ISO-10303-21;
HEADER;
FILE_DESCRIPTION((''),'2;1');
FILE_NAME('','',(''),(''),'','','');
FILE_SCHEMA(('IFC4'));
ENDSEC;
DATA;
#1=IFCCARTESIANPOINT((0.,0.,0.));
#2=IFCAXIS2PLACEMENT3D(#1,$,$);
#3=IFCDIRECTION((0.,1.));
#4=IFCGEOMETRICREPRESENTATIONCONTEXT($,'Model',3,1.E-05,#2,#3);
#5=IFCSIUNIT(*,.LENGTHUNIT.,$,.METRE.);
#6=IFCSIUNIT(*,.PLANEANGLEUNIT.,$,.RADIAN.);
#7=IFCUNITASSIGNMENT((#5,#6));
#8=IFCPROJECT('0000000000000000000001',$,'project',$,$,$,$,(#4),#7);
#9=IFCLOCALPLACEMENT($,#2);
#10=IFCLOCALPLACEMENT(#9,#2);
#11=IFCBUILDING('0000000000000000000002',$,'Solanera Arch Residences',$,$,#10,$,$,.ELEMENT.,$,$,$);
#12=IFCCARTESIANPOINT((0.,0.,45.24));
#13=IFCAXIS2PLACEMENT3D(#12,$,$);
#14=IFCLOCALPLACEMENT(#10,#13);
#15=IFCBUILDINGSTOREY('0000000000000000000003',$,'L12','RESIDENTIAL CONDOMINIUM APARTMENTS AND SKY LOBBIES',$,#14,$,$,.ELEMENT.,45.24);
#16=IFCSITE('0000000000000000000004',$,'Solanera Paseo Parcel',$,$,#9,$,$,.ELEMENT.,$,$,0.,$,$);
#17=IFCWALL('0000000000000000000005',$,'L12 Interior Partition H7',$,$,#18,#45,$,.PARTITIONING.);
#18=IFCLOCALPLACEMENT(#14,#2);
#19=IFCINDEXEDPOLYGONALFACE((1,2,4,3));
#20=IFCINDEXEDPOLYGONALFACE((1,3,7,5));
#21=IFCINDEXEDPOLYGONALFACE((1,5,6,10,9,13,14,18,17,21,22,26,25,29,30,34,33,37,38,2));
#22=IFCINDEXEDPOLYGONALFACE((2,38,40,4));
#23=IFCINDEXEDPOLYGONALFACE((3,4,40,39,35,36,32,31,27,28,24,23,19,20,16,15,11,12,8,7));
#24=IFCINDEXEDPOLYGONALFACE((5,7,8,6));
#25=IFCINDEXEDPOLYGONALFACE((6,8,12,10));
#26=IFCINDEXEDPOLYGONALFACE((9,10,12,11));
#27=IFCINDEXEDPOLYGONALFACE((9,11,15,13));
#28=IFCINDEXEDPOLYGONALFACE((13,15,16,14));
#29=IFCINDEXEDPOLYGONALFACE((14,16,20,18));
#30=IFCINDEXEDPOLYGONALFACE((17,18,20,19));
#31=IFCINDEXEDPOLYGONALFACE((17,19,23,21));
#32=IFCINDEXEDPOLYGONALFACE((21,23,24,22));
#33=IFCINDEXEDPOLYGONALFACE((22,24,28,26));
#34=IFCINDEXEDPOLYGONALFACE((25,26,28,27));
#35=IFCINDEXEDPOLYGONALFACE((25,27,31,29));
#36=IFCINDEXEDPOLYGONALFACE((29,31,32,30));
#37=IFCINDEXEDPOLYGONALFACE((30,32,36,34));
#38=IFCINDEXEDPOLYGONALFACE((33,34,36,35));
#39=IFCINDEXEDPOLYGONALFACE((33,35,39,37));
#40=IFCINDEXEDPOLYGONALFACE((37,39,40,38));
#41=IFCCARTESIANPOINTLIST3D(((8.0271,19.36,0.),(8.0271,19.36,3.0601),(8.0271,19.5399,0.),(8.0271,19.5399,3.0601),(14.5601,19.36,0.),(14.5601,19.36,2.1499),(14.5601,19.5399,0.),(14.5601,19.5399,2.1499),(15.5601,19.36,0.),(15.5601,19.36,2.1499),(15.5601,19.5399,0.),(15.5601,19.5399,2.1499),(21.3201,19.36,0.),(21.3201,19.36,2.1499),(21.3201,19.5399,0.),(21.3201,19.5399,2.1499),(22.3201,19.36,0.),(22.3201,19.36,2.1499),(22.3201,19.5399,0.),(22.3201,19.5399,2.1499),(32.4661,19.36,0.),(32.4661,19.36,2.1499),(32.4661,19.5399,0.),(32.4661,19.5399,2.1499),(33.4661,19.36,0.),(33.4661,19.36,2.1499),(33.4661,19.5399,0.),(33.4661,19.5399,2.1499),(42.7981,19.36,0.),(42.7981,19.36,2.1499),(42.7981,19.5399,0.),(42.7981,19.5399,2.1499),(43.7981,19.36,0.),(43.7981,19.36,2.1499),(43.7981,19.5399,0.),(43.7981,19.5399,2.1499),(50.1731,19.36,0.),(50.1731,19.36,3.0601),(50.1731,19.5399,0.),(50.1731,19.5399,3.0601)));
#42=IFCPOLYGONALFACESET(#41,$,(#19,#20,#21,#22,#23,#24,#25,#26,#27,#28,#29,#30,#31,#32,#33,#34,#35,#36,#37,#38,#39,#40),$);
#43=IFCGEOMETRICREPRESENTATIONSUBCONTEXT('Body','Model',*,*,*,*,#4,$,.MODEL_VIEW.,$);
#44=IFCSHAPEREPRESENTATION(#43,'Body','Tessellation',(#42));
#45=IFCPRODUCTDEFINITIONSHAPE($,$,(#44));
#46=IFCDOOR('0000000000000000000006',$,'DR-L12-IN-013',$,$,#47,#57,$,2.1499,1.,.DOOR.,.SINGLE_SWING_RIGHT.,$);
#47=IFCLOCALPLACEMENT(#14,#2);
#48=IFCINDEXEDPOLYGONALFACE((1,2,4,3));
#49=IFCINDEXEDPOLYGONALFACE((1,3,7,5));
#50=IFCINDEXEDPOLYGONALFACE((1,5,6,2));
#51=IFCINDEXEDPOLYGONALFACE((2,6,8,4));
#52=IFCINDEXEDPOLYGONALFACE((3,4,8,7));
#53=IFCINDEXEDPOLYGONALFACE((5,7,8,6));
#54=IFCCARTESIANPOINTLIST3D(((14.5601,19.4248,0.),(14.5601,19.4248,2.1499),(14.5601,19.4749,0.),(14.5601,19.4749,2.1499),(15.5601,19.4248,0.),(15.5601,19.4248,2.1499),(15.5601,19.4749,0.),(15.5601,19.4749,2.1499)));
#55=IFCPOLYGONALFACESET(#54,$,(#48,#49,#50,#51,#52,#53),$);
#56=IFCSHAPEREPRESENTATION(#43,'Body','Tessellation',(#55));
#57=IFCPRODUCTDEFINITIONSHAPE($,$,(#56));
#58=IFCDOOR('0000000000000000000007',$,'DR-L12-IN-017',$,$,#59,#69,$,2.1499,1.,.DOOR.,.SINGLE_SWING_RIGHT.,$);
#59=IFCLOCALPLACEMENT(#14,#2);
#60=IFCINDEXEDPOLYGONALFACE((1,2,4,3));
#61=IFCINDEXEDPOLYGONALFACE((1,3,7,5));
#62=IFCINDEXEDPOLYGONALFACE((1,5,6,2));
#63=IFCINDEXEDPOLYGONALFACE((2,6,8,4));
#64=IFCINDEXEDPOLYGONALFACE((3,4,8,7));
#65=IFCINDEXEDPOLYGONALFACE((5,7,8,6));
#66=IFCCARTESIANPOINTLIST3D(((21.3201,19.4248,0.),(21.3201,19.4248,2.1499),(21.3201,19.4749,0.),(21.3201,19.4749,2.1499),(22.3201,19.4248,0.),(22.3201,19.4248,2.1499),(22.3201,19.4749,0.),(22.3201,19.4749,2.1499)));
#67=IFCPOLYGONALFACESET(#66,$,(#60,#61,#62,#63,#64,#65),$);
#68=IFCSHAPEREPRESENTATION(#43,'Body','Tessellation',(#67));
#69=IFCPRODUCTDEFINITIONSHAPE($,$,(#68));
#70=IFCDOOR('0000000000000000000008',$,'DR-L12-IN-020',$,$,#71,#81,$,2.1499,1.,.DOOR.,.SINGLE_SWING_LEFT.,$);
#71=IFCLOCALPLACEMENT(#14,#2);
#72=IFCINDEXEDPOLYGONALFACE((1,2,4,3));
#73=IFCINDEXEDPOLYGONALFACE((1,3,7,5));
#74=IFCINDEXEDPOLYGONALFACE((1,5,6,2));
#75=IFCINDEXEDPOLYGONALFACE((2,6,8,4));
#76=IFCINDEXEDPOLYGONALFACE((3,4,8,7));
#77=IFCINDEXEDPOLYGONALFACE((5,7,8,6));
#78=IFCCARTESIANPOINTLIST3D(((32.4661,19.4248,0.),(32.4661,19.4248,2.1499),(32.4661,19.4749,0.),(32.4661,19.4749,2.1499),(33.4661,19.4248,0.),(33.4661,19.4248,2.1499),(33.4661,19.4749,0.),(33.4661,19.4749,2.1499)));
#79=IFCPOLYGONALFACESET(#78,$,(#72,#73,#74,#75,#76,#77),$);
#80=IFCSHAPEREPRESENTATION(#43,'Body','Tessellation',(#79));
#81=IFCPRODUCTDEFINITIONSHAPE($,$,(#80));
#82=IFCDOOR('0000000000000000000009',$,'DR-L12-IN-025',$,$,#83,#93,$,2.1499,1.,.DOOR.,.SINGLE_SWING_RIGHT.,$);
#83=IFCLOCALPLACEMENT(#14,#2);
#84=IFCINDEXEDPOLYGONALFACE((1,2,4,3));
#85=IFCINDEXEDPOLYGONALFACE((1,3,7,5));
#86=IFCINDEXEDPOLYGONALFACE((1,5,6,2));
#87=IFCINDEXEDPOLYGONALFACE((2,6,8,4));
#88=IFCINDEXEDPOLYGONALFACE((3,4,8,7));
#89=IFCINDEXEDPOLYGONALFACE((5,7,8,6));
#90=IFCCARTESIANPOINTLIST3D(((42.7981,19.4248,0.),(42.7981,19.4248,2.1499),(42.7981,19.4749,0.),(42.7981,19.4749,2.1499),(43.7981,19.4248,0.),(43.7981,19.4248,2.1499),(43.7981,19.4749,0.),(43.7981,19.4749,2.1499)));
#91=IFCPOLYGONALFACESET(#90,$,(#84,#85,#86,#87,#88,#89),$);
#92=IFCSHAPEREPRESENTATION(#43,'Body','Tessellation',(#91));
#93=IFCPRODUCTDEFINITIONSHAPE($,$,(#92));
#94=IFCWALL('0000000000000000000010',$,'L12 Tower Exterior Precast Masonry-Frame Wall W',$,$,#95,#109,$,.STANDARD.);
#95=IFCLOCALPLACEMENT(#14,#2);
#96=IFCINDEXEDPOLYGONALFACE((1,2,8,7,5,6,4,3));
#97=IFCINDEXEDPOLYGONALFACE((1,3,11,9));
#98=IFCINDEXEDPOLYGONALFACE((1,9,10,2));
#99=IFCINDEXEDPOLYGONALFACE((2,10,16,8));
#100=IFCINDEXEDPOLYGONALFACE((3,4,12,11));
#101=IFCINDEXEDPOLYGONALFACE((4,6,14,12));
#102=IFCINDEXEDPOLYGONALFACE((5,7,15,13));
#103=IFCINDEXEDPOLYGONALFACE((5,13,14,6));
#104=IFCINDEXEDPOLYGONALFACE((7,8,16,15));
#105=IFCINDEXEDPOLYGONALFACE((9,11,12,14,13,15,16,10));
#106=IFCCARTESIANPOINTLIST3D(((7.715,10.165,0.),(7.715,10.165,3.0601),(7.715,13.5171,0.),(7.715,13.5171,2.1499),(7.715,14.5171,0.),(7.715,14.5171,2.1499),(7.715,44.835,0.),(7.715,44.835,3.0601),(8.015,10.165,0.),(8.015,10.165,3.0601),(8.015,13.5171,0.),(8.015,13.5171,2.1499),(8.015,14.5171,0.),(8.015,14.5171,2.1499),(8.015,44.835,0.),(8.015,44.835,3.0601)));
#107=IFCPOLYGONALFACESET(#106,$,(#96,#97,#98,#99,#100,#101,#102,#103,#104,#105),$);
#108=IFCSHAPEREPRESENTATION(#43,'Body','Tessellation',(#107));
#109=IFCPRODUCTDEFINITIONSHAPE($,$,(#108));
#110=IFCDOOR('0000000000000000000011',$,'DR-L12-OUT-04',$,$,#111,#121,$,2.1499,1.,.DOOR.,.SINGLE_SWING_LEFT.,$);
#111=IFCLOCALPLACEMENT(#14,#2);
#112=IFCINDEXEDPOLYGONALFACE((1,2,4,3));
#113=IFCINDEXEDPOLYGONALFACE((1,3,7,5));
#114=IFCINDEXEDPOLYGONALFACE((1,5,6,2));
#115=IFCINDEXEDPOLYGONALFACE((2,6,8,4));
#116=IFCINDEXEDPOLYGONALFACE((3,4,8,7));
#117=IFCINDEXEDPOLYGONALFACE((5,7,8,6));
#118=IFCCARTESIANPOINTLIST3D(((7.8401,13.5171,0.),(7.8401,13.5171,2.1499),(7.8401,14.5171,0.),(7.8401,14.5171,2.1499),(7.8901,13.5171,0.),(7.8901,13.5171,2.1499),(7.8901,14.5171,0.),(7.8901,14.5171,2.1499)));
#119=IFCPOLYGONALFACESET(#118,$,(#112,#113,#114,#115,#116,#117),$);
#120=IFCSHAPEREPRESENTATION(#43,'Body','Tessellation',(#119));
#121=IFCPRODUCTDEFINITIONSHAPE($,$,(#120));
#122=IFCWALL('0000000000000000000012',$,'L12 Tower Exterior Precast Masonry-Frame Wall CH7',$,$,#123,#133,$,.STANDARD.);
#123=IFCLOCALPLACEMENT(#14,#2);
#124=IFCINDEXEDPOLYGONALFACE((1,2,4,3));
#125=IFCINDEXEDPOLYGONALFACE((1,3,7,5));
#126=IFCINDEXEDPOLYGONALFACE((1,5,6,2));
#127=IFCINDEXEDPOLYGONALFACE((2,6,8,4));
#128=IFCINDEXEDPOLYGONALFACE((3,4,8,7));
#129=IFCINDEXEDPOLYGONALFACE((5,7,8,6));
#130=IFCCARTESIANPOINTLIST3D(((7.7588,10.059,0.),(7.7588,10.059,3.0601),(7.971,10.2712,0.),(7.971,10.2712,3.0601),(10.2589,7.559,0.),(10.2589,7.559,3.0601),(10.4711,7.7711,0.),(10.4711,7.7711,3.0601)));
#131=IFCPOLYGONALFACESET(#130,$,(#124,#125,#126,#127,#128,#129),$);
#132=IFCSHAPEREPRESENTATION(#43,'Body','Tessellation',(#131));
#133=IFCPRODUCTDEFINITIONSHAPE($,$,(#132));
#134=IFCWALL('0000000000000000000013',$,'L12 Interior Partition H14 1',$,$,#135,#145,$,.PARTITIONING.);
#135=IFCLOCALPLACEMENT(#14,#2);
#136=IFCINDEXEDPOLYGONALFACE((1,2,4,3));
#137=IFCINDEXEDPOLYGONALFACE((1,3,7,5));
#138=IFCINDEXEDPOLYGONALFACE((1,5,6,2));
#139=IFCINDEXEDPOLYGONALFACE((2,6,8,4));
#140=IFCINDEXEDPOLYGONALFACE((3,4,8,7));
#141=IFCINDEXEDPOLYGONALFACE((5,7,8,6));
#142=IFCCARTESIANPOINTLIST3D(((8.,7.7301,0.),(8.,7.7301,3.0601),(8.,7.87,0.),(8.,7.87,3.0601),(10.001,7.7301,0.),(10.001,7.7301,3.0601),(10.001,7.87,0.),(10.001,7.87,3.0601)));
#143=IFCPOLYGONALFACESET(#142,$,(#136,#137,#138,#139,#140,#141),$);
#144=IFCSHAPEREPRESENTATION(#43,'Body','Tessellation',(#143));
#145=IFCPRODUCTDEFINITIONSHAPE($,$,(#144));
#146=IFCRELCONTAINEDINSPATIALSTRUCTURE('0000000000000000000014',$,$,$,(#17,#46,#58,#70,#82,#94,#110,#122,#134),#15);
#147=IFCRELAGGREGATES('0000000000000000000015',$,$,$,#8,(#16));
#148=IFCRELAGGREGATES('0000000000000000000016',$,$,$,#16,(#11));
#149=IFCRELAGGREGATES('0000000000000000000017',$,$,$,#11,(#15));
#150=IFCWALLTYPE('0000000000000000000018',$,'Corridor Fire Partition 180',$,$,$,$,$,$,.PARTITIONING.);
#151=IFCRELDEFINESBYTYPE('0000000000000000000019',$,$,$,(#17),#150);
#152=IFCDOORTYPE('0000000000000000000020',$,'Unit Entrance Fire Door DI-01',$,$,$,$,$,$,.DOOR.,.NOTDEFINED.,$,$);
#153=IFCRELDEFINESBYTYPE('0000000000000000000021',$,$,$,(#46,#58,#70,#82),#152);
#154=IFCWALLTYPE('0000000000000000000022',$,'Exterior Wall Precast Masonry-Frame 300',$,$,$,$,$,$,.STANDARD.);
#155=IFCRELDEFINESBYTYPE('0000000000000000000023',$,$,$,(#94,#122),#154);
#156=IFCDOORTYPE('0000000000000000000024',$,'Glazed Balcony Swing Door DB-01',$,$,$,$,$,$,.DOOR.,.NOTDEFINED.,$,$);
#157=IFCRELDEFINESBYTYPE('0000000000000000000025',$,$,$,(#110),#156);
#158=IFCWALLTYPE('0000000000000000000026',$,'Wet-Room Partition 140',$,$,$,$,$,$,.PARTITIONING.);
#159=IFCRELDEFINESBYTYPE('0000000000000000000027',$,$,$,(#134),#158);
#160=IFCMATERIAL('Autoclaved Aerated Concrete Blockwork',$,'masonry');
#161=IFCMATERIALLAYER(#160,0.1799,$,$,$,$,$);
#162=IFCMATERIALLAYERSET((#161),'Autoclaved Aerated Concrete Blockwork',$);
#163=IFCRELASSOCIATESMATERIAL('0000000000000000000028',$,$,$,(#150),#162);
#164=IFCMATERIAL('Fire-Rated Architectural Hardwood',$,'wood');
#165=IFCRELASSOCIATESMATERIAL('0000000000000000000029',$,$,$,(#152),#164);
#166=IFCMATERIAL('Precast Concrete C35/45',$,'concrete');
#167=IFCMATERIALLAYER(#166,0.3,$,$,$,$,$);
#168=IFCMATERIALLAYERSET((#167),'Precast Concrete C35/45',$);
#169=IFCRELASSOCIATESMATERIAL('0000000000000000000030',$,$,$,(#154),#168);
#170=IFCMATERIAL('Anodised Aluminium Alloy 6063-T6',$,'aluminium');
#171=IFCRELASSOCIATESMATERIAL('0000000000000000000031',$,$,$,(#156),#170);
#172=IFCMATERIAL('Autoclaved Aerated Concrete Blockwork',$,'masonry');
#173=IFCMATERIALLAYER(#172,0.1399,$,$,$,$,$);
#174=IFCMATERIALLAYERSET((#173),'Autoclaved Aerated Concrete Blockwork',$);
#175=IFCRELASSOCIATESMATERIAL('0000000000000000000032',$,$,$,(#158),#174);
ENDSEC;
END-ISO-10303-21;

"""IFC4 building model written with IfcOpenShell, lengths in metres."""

from ifc_helpers import new_model, si_unit, direction, frame, frame_2d, origin, place, context, subcontext, project, spatial, rectangle, extrude, material, layer, layer_set, type_object, element, fill, save


model = new_model("IFC4")

# Units and contexts
model_context = context("Model", 3, precision=1e-05, world=origin(), true_north=direction((0.0, 1.0)))
body_context = subcontext(model_context, "Body", "Model", "MODEL_VIEW")
ifc_project = project(units=[si_unit("LENGTHUNIT", "METRE"), si_unit("PLANEANGLEUNIT", "RADIAN")], contexts=[model_context])

# Site, building, storey
site_placement = place(None, origin())
site = spatial("IfcSite", under=ifc_project, at=site_placement, Name="Solanera Paseo Parcel", CompositionType="ELEMENT", RefElevation=0.0)
building_placement = place(site_placement, origin())
building = spatial("IfcBuilding", under=site, at=building_placement, Name="Solanera Arch Residences", CompositionType="ELEMENT")
storey_placement = place(building_placement, frame((0.0, 0.0, 45.24)))
storey = spatial("IfcBuildingStorey", under=building, at=storey_placement, Name="L12", Description="RESIDENTIAL CONDOMINIUM APARTMENTS AND SKY LOBBIES", CompositionType="ELEMENT", Elevation=45.24)

# Wall, openings, doors
ifc_material_1 = material(Name="Autoclaved Aerated Concrete Blockwork", Category="masonry")
ifc_layer_1 = layer(ifc_material_1, 0.1799)
ifc_layer_set_1 = layer_set([ifc_layer_1], Name="Autoclaved Aerated Concrete Blockwork")
wall_type_1 = type_object("IfcWallType", Name="Corridor Fire Partition 180", PredefinedType="PARTITIONING", material=ifc_layer_set_1)
wall_1_placement = place(storey_placement, frame((8.0271, 19.45, 0.0), z_axis=(0.0, 0.0, 1.0), x_axis=(1.0, 0.0, 0.0)))
wall_1 = element("IfcWall", 1, at=wall_1_placement, inside=storey, type_object=wall_type_1, Name="L12 Interior Partition H7", PredefinedType="PARTITIONING", context=body_context, shape_type="SweptSolid", body=[
    extrude(rectangle(XDim=42.146, YDim=0.1799, at=frame_2d((21.073, 0.0))), origin(), (0.0, 0.0, 1.0), 3.0601),
])
opening_1_placement = place(wall_1_placement, frame((6.533, 0.0, 0.0)))
opening_1 = element("IfcOpeningElement", 2, at=opening_1_placement, cuts=wall_1, PredefinedType="OPENING", context=body_context, shape_type="SweptSolid", body=[
    extrude(rectangle(XDim=1.0, YDim=2.1499, at=frame_2d((0.5, 1.075))), frame((0.0, 0.1001, 0.0), z_axis=(0.0, -1.0, 0.0), x_axis=(1.0, 0.0, 0.0)), (0.0, 0.0, 1.0), 0.1999),
])
opening_2_placement = place(wall_1_placement, frame((13.293, 0.0, 0.0)))
opening_2 = element("IfcOpeningElement", 3, at=opening_2_placement, cuts=wall_1, PredefinedType="OPENING", context=body_context, shape_type="SweptSolid", body=[
    extrude(rectangle(XDim=1.0, YDim=2.1499, at=frame_2d((0.5, 1.075))), frame((0.0, 0.1001, 0.0), z_axis=(0.0, -1.0, 0.0), x_axis=(1.0, 0.0, 0.0)), (0.0, 0.0, 1.0), 0.1999),
])
opening_3_placement = place(wall_1_placement, frame((24.439, 0.0, 0.0)))
opening_3 = element("IfcOpeningElement", 4, at=opening_3_placement, cuts=wall_1, PredefinedType="OPENING", context=body_context, shape_type="SweptSolid", body=[
    extrude(rectangle(XDim=1.0, YDim=2.1499, at=frame_2d((0.5, 1.075))), frame((0.0, 0.1001, 0.0), z_axis=(0.0, -1.0, 0.0), x_axis=(1.0, 0.0, 0.0)), (0.0, 0.0, 1.0), 0.1999),
])
opening_4_placement = place(wall_1_placement, frame((34.771, 0.0, 0.0)))
opening_4 = element("IfcOpeningElement", 5, at=opening_4_placement, cuts=wall_1, PredefinedType="OPENING", context=body_context, shape_type="SweptSolid", body=[
    extrude(rectangle(XDim=1.0, YDim=2.1499, at=frame_2d((0.5, 1.075))), frame((0.0, 0.1001, 0.0), z_axis=(0.0, -1.0, 0.0), x_axis=(1.0, 0.0, 0.0)), (0.0, 0.0, 1.0), 0.1999),
])
ifc_material_2 = material(Name="Fire-Rated Architectural Hardwood", Category="wood")
door_type_1 = type_object("IfcDoorType", Name="Unit Entrance Fire Door DI-01", OperationType="NOTDEFINED", PredefinedType="DOOR", material=ifc_material_2)
door_1_placement = place(opening_1_placement, origin())
door_1 = element("IfcDoor", 6, at=door_1_placement, inside=storey, type_object=door_type_1, Name="DR-L12-IN-013", OperationType="SINGLE_SWING_RIGHT", OverallHeight=2.1499, OverallWidth=1.0, PredefinedType="DOOR", context=body_context, shape_type="SweptSolid", body=[
    extrude(rectangle(XDim=1.0, YDim=2.1499, at=frame_2d((0.5, 1.075))), frame((0.0, 0.0249, 0.0), z_axis=(0.0, -1.0, 0.0), x_axis=(1.0, 0.0, 0.0)), (0.0, 0.0, 1.0), 0.05),
])
fill(opening_1, door_1)
door_2_placement = place(opening_2_placement, origin())
door_2 = element("IfcDoor", 7, at=door_2_placement, inside=storey, type_object=door_type_1, Name="DR-L12-IN-017", OperationType="SINGLE_SWING_RIGHT", OverallHeight=2.1499, OverallWidth=1.0, PredefinedType="DOOR", context=body_context, shape_type="SweptSolid", body=[
    extrude(rectangle(XDim=1.0, YDim=2.1499, at=frame_2d((0.5, 1.075))), frame((0.0, 0.0249, 0.0), z_axis=(0.0, -1.0, 0.0), x_axis=(1.0, 0.0, 0.0)), (0.0, 0.0, 1.0), 0.05),
])
fill(opening_2, door_2)
door_3_placement = place(opening_3_placement, origin())
door_3 = element("IfcDoor", 8, at=door_3_placement, inside=storey, type_object=door_type_1, Name="DR-L12-IN-020", OperationType="SINGLE_SWING_LEFT", OverallHeight=2.1499, OverallWidth=1.0, PredefinedType="DOOR", context=body_context, shape_type="SweptSolid", body=[
    extrude(rectangle(XDim=1.0, YDim=2.1499, at=frame_2d((0.5, 1.075))), frame((0.0, 0.0249, 0.0), z_axis=(0.0, -1.0, 0.0), x_axis=(1.0, 0.0, 0.0)), (0.0, 0.0, 1.0), 0.05),
])
fill(opening_3, door_3)
door_4_placement = place(opening_4_placement, origin())
door_4 = element("IfcDoor", 9, at=door_4_placement, inside=storey, type_object=door_type_1, Name="DR-L12-IN-025", OperationType="SINGLE_SWING_RIGHT", OverallHeight=2.1499, OverallWidth=1.0, PredefinedType="DOOR", context=body_context, shape_type="SweptSolid", body=[
    extrude(rectangle(XDim=1.0, YDim=2.1499, at=frame_2d((0.5, 1.075))), frame((0.0, 0.0249, 0.0), z_axis=(0.0, -1.0, 0.0), x_axis=(1.0, 0.0, 0.0)), (0.0, 0.0, 1.0), 0.05),
])
fill(opening_4, door_4)

# Wall, opening, door
ifc_material_3 = material(Name="Precast Concrete C35/45", Category="concrete")
ifc_layer_2 = layer(ifc_material_3, 0.3)
ifc_layer_set_2 = layer_set([ifc_layer_2], Name="Precast Concrete C35/45")
wall_type_2 = type_object("IfcWallType", Name="Exterior Wall Precast Masonry-Frame 300", PredefinedType="STANDARD", material=ifc_layer_set_2)
wall_2_placement = place(storey_placement, frame((7.865, 10.165, 0.0), z_axis=(0.0, 0.0, 1.0), x_axis=(0.0, 1.0, 0.0)))
wall_2 = element("IfcWall", 10, at=wall_2_placement, inside=storey, type_object=wall_type_2, Name="L12 Tower Exterior Precast Masonry-Frame Wall W", PredefinedType="STANDARD", context=body_context, shape_type="SweptSolid", body=[
    extrude(rectangle(XDim=34.6699, YDim=0.3, at=frame_2d((17.335, 0.0))), origin(), (0.0, 0.0, 1.0), 3.0601),
])
opening_5_placement = place(wall_2_placement, frame((3.3521, 0.0, 0.0)))
opening_5 = element("IfcOpeningElement", 11, at=opening_5_placement, cuts=wall_2, PredefinedType="OPENING", context=body_context, shape_type="SweptSolid", body=[
    extrude(rectangle(XDim=1.0, YDim=2.1499, at=frame_2d((0.5, 1.075))), frame((0.0, 0.1599, 0.0), z_axis=(0.0, -1.0, 0.0), x_axis=(1.0, 0.0, 0.0)), (0.0, 0.0, 1.0), 0.32),
])
ifc_material_4 = material(Name="Anodised Aluminium Alloy 6063-T6", Category="aluminium")
door_type_2 = type_object("IfcDoorType", Name="Glazed Balcony Swing Door DB-01", OperationType="NOTDEFINED", PredefinedType="DOOR", material=ifc_material_4)
door_5_placement = place(opening_5_placement, origin())
door_5 = element("IfcDoor", 12, at=door_5_placement, inside=storey, type_object=door_type_2, Name="DR-L12-OUT-04", OperationType="SINGLE_SWING_LEFT", OverallHeight=2.1499, OverallWidth=1.0, PredefinedType="DOOR", context=body_context, shape_type="SweptSolid", body=[
    extrude(rectangle(XDim=1.0, YDim=2.1499, at=frame_2d((0.5, 1.075))), frame((0.0, 0.0249, 0.0), z_axis=(0.0, -1.0, 0.0), x_axis=(1.0, 0.0, 0.0)), (0.0, 0.0, 1.0), 0.05),
])
fill(opening_5, door_5)

# Walls
wall_3_placement = place(storey_placement, frame((10.365, 7.665, 0.0), z_axis=(0.0, 0.0, 1.0), x_axis=(-0.707107, 0.707107, 0.0)))
element("IfcWall", 13, at=wall_3_placement, inside=storey, type_object=wall_type_2, Name="L12 Tower Exterior Precast Masonry-Frame Wall CH7", PredefinedType="STANDARD", context=body_context, shape_type="SweptSolid", body=[
    extrude(rectangle(XDim=3.5356, YDim=0.3, at=frame_2d((1.7678, 0.0))), origin(), (0.0, 0.0, 1.0), 3.0601),
])
ifc_material_5 = material(Name="Autoclaved Aerated Concrete Blockwork", Category="masonry")
ifc_layer_3 = layer(ifc_material_5, 0.1399)
ifc_layer_set_3 = layer_set([ifc_layer_3], Name="Autoclaved Aerated Concrete Blockwork")
wall_type_3 = type_object("IfcWallType", Name="Wet-Room Partition 140", PredefinedType="PARTITIONING", material=ifc_layer_set_3)
wall_4_placement = place(storey_placement, frame((8.0, 7.8, 0.0), z_axis=(0.0, 0.0, 1.0), x_axis=(1.0, 0.0, 0.0)))
element("IfcWall", 14, at=wall_4_placement, inside=storey, type_object=wall_type_3, Name="L12 Interior Partition H14 1", PredefinedType="PARTITIONING", context=body_context, shape_type="SweptSolid", body=[
    extrude(rectangle(XDim=2.001, YDim=0.1399, at=frame_2d((1.0005, 0.0))), origin(), (0.0, 0.0, 1.0), 3.0601),
])

save(model, "model.ifc")
